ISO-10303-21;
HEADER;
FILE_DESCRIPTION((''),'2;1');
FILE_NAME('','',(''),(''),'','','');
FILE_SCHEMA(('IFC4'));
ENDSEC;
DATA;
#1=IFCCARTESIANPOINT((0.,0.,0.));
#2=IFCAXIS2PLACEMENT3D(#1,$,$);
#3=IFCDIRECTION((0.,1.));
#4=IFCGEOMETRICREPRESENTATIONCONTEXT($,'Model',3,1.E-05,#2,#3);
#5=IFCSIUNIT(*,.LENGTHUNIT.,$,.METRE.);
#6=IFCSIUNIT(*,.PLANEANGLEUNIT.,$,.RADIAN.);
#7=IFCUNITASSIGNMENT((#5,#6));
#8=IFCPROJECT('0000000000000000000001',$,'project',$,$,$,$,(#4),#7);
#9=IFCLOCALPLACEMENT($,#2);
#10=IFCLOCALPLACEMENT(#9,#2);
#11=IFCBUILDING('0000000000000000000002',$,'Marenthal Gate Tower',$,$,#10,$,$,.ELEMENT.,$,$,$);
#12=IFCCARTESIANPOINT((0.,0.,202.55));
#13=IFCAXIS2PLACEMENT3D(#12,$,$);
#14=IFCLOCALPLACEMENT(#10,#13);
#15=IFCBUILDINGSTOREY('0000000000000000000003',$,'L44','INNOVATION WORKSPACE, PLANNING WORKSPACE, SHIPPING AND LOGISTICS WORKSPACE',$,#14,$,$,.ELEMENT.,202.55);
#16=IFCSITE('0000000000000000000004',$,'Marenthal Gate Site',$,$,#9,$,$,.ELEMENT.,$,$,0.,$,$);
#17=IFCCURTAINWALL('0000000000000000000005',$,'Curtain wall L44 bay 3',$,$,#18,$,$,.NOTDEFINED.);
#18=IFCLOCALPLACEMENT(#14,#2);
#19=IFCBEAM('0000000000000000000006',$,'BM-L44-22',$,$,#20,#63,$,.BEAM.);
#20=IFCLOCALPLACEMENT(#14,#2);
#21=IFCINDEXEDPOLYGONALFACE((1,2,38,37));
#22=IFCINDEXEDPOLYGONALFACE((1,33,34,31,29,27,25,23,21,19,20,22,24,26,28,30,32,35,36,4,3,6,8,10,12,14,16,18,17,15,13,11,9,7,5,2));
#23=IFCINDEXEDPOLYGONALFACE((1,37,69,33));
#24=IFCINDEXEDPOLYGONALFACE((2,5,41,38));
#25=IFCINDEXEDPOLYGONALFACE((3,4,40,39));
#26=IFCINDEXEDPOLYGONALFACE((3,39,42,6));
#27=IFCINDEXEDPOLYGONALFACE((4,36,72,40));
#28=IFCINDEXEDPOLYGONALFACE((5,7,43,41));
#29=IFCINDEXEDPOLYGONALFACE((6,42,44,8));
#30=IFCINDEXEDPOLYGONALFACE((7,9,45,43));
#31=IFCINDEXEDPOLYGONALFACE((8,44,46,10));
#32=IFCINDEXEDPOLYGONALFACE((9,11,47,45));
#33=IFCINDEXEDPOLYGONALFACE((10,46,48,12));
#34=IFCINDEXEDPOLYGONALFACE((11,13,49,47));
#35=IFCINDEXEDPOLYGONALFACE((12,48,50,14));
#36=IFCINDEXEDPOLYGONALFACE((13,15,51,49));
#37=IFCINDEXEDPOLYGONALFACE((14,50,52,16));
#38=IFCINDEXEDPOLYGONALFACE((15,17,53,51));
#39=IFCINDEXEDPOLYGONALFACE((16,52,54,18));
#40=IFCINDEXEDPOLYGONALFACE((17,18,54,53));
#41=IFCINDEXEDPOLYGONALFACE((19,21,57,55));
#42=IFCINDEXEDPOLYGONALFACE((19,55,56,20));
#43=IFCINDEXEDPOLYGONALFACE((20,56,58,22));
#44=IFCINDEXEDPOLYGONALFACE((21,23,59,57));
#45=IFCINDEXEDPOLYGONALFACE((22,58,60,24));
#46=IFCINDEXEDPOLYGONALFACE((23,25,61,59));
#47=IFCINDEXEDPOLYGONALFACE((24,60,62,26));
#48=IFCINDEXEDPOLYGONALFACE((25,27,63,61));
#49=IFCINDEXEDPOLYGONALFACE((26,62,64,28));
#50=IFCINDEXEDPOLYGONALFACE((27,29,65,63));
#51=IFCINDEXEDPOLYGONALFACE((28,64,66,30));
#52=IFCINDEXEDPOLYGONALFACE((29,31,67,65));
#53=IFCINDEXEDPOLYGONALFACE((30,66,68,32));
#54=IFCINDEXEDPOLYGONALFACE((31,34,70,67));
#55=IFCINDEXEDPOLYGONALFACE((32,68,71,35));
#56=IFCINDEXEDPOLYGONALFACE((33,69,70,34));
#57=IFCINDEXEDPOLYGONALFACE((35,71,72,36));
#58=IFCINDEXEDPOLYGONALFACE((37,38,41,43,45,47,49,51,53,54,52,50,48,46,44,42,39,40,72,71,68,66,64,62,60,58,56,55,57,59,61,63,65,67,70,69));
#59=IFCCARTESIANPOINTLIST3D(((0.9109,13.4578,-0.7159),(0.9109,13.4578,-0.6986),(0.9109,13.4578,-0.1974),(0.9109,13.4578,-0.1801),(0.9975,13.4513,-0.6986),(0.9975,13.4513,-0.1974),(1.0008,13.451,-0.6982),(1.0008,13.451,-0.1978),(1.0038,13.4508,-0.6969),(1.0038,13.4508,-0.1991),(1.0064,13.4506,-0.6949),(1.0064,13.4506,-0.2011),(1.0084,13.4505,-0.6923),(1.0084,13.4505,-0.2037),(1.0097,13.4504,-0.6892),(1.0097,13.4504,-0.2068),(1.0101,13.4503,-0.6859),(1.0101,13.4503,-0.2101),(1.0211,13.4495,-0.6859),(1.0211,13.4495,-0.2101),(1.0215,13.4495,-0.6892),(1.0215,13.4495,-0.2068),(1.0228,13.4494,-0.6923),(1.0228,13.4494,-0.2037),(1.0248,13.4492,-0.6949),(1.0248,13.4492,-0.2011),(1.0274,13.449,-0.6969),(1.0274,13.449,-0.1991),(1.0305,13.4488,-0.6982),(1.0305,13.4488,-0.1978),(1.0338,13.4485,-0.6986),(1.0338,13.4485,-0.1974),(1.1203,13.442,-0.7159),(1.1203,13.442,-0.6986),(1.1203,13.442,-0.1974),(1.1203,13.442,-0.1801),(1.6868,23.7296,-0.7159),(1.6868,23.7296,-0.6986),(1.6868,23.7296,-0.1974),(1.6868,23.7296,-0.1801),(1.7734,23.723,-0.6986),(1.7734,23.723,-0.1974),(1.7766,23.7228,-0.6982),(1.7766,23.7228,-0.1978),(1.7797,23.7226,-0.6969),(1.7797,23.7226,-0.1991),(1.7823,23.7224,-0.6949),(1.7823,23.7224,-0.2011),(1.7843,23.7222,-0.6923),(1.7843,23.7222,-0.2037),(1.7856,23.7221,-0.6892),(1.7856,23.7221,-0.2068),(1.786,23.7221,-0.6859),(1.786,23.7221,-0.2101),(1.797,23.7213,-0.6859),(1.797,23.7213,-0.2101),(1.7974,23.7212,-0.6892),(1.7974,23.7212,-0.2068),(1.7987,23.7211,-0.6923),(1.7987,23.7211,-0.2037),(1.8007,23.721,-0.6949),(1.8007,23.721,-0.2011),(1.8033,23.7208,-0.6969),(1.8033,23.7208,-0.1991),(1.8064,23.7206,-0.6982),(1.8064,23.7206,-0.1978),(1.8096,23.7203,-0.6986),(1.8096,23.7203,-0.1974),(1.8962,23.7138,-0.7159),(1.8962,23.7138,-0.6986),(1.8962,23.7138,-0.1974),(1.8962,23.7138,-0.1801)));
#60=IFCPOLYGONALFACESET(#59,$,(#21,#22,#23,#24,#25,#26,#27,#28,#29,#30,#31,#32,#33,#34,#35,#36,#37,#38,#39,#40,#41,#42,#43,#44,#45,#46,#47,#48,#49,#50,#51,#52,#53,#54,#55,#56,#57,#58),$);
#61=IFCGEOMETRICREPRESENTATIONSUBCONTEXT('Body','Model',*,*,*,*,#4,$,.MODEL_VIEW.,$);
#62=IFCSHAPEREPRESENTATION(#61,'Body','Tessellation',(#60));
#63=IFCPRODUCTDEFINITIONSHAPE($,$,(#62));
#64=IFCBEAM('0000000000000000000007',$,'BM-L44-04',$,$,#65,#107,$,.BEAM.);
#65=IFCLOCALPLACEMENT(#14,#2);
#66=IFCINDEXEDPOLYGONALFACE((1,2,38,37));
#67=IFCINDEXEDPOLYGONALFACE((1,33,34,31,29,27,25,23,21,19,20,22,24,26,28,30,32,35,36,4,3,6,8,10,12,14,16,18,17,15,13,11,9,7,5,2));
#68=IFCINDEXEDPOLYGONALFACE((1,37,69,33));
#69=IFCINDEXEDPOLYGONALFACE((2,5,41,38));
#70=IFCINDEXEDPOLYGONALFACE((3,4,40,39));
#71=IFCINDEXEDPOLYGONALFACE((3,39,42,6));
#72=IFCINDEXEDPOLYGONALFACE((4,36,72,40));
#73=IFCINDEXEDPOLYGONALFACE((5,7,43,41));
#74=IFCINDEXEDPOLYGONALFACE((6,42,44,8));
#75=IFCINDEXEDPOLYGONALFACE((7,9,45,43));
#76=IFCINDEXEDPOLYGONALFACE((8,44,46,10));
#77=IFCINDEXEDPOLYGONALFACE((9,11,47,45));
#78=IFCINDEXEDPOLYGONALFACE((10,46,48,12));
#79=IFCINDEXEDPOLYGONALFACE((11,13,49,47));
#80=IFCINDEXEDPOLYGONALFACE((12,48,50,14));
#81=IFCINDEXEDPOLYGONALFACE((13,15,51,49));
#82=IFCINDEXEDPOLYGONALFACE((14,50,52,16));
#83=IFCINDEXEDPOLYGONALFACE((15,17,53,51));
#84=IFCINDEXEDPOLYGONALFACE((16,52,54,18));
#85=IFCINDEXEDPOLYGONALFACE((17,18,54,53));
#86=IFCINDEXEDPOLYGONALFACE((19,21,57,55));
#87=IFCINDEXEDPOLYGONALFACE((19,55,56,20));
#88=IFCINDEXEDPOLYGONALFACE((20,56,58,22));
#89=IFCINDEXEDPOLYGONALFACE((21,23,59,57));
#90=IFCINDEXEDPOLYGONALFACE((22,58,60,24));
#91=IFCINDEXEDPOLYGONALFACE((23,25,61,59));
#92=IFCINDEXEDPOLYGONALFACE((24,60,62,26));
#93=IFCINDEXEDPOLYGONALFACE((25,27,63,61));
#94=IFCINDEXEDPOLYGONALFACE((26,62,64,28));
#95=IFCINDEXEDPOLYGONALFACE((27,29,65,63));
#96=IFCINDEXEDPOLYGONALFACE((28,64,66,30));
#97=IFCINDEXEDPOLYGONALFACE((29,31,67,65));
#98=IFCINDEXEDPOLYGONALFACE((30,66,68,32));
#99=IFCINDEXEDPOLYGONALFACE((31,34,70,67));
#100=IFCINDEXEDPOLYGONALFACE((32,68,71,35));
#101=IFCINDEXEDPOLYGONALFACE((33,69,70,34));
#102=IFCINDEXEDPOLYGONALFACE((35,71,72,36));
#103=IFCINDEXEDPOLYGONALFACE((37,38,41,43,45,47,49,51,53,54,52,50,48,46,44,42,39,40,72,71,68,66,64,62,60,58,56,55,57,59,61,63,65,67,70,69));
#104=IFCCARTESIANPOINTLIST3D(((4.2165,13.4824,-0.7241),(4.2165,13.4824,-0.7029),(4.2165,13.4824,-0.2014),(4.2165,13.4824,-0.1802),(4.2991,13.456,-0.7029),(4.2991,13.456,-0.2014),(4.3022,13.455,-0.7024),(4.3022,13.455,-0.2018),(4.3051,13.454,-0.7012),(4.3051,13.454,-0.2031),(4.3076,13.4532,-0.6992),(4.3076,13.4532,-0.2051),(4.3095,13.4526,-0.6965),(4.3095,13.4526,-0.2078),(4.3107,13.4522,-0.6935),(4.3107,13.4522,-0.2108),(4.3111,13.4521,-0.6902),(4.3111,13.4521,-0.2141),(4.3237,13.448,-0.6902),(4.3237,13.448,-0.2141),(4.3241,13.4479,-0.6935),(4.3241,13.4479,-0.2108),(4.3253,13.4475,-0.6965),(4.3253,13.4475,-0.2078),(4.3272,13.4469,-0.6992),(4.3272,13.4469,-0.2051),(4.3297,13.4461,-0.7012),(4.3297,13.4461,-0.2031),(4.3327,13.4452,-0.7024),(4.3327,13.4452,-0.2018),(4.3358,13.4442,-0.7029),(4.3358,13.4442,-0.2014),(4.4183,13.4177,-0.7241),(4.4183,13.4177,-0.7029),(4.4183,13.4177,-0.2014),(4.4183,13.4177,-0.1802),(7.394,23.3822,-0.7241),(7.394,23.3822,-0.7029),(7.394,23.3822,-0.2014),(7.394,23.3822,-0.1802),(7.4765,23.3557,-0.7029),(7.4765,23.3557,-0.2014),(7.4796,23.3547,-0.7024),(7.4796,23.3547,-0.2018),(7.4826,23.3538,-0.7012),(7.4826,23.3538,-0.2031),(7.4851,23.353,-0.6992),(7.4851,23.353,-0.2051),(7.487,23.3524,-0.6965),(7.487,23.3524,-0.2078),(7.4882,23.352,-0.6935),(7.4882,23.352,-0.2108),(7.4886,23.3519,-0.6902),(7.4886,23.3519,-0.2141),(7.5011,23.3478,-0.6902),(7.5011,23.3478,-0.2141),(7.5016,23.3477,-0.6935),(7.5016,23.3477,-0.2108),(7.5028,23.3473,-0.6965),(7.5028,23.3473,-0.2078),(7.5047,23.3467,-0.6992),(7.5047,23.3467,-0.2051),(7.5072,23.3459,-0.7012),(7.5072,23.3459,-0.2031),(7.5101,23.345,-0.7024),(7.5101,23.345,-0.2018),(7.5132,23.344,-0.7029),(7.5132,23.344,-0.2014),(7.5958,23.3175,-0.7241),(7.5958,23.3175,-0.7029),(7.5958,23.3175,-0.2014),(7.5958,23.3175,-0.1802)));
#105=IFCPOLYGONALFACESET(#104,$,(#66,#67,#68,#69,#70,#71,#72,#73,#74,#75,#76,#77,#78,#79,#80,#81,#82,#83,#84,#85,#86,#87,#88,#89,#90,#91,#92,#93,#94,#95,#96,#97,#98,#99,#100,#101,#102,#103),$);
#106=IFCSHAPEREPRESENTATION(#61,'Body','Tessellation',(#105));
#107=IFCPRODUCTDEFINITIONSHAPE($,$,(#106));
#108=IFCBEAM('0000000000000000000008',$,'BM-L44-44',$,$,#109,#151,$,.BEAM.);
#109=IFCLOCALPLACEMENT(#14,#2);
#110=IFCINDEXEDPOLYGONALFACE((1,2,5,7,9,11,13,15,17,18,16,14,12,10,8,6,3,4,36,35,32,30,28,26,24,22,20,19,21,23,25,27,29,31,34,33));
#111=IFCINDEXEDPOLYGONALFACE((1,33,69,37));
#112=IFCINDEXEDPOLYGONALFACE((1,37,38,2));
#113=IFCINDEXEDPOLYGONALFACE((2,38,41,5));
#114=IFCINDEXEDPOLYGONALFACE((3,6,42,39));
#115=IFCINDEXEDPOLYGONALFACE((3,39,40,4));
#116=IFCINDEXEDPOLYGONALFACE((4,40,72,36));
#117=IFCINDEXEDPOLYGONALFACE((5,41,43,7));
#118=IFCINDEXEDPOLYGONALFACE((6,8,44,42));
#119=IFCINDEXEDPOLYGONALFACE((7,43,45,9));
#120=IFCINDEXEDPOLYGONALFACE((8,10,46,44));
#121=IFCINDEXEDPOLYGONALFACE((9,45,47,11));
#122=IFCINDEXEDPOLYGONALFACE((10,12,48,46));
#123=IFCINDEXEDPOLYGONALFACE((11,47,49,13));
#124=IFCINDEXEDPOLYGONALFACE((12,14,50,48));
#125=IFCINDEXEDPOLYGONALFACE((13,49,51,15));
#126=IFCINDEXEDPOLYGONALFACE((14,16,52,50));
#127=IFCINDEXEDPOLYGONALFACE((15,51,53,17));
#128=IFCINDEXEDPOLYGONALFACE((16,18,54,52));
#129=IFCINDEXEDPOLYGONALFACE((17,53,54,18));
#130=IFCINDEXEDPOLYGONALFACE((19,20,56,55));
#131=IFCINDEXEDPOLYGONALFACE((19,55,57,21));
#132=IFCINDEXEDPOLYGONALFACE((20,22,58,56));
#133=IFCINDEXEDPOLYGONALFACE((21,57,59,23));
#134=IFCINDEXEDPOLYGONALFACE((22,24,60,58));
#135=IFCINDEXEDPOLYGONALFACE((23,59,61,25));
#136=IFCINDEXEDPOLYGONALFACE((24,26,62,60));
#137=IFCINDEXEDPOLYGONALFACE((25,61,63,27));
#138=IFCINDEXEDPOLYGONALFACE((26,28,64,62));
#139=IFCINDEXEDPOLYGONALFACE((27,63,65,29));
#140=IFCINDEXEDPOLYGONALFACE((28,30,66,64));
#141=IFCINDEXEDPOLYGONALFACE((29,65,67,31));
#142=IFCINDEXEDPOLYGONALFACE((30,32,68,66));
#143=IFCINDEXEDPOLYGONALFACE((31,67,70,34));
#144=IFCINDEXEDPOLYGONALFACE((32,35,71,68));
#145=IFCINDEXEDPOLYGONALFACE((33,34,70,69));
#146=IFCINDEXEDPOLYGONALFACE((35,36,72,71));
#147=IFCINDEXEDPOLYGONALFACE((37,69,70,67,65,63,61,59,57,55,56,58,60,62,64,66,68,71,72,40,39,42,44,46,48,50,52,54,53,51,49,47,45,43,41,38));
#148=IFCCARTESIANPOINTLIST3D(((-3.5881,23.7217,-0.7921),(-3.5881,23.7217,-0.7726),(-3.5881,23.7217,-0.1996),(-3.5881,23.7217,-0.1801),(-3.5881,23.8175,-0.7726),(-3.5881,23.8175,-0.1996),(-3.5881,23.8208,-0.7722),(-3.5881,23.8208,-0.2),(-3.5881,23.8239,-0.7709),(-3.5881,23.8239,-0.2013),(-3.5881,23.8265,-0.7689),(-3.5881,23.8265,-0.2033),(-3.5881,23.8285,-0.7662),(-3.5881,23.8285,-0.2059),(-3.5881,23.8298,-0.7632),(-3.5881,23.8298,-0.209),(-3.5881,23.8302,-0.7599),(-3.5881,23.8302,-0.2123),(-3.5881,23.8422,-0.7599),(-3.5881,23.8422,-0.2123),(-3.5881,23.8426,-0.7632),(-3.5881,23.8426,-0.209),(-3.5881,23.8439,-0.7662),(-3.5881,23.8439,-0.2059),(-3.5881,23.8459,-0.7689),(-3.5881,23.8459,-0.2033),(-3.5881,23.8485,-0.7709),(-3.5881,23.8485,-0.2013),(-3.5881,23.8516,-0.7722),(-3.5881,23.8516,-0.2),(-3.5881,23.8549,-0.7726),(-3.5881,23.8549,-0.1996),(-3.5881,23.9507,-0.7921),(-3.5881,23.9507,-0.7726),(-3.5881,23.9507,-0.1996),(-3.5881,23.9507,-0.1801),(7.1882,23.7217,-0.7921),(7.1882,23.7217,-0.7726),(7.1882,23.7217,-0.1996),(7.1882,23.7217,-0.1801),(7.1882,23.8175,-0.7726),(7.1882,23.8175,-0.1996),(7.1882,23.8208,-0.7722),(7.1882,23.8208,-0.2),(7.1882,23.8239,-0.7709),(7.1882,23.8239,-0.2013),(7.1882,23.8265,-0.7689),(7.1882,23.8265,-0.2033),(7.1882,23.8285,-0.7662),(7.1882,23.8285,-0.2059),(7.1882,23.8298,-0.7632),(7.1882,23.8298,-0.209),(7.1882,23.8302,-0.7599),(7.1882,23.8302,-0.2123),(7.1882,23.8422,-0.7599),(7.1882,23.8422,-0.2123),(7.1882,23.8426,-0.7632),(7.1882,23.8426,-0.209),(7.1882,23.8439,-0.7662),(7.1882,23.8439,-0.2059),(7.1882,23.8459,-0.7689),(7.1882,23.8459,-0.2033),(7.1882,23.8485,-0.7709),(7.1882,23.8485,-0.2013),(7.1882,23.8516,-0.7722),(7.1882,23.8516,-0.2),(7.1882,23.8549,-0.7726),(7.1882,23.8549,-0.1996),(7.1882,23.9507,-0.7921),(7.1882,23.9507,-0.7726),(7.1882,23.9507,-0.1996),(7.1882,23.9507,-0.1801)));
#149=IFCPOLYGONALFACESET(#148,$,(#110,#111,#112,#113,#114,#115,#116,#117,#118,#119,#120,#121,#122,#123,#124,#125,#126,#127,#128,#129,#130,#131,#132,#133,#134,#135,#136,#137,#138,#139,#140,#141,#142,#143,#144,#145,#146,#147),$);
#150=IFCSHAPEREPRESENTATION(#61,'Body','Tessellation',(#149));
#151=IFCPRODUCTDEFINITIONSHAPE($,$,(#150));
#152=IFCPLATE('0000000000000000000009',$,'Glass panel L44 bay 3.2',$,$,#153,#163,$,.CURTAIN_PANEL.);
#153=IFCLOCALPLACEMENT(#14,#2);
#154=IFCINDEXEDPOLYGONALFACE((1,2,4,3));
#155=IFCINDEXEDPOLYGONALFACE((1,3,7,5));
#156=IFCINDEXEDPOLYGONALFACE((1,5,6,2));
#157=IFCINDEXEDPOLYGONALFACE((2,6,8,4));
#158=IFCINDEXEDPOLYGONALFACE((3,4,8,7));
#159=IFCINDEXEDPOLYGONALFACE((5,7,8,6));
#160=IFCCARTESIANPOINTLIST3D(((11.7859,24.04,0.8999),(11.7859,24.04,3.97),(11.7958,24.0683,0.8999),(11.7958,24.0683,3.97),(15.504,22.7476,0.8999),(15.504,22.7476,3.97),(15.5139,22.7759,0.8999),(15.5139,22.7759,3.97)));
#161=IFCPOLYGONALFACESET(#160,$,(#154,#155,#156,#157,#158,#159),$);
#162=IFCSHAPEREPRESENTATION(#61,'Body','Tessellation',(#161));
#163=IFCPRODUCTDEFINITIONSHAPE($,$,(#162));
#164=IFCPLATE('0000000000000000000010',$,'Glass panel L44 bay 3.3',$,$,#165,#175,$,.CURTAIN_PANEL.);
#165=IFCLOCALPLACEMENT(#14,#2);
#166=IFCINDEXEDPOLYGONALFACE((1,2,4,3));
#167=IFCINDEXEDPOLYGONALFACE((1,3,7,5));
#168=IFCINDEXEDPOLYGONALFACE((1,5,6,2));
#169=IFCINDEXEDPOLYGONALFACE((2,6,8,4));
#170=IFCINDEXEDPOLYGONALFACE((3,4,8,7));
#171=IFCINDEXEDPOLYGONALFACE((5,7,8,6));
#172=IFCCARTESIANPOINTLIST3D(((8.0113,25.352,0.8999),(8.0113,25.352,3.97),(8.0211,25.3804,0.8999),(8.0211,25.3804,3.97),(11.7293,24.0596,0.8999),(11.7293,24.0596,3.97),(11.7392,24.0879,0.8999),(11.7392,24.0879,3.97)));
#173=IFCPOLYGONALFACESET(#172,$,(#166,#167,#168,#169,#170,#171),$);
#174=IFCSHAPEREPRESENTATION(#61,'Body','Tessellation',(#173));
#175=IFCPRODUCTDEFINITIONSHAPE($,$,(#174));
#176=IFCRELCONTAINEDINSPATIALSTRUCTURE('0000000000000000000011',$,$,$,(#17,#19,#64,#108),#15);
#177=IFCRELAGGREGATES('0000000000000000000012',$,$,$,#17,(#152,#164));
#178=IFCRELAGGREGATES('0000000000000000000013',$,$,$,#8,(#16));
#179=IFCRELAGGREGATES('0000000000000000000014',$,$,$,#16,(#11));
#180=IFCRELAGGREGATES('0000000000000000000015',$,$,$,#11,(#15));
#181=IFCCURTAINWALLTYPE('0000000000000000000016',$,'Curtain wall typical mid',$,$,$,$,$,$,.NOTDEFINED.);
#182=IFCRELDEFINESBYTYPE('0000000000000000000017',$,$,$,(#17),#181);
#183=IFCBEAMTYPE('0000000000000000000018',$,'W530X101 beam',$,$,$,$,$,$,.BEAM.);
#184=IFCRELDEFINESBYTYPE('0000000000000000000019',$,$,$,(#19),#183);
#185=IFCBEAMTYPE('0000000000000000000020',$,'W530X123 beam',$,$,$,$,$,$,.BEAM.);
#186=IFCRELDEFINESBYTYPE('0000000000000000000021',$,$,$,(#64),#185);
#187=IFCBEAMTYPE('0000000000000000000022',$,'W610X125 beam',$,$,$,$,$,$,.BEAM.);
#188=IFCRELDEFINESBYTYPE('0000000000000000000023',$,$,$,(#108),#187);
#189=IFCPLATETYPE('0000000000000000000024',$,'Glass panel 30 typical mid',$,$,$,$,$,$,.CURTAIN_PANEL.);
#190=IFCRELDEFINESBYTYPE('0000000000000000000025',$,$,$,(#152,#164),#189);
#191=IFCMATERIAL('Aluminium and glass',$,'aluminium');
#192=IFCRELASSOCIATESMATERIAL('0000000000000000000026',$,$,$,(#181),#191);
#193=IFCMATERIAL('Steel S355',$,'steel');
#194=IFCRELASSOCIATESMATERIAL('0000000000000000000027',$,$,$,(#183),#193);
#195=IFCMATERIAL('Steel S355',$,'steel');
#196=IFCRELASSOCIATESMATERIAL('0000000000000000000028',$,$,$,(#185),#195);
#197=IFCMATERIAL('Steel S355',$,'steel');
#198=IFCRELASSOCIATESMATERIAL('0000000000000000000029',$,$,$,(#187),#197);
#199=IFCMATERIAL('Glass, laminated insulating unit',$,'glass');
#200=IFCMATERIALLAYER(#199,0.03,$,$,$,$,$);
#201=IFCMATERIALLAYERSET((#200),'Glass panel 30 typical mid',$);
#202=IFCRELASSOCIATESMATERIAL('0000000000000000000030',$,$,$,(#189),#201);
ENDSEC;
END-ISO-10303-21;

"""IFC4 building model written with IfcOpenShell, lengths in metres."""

from ifc_helpers import new_model, si_unit, direction, frame, origin, origin_2d, place, context, subcontext, project, spatial, rectangle, i_section, extrude, material, layer, layer_set, material_profile, profile_set, type_object, element, aggregate, save


model = new_model("IFC4")

# Units and contexts
model_context = context("Model", 3, precision=1e-05, world=origin(), true_north=direction((0.0, 1.0)))
body_context = subcontext(model_context, "Body", "Model", "MODEL_VIEW")
ifc_project = project(units=[si_unit("LENGTHUNIT", "METRE"), si_unit("PLANEANGLEUNIT", "RADIAN")], contexts=[model_context])

# Site, building, storey
site_placement = place(None, origin())
site = spatial("IfcSite", under=ifc_project, at=site_placement, Name="Marenthal Gate Site", CompositionType="ELEMENT", RefElevation=0.0)
building_placement = place(site_placement, origin())
building = spatial("IfcBuilding", under=site, at=building_placement, Name="Marenthal Gate Tower", CompositionType="ELEMENT")
storey_placement = place(building_placement, frame((0.0, 0.0, 202.55)))
storey = spatial("IfcBuildingStorey", under=building, at=storey_placement, Name="L44", Description="INNOVATION WORKSPACE, PLANNING WORKSPACE, SHIPPING AND LOGISTICS WORKSPACE", CompositionType="ELEMENT", Elevation=202.55)

# Curtain wall
ifc_material_1 = material(Name="Aluminium and glass", Category="aluminium")
curtain_wall_type = type_object("IfcCurtainWallType", Name="Curtain wall typical mid", PredefinedType="NOTDEFINED", material=ifc_material_1)
curtain_wall_placement = place(storey_placement, origin())
curtain_wall = element("IfcCurtainWall", 1, at=curtain_wall_placement, inside=storey, type_object=curtain_wall_type, Name="Curtain wall L44 bay 3", PredefinedType="NOTDEFINED")

# Beams
ifc_material_2 = material(Name="Steel S355", Category="steel")
ifc_material_profile_1 = material_profile(ifc_material_2, i_section(OverallWidth=0.21, OverallDepth=0.5359, WebThickness=0.011, FlangeThickness=0.0173, FilletRadius=0.0127, at=origin_2d()), Name="W530X101")
ifc_profile_set_1 = profile_set([ifc_material_profile_1], Name="Steel S355")
beam_type_1 = type_object("IfcBeamType", Name="W530X101 beam", PredefinedType="BEAM", material=ifc_profile_set_1)
beam_1_placement = place(storey_placement, frame((1.7915, 23.7217, -0.448), z_axis=(-0.075321, -0.997159, 0.0), x_axis=(0.997159, -0.075321, 0.0)))
element("IfcBeam", 2, at=beam_1_placement, inside=storey, type_object=beam_type_1, Name="BM-L44-22", PredefinedType="BEAM", context=body_context, shape_type="SweptSolid", body=[
    extrude(i_section(OverallWidth=0.21, OverallDepth=0.5359, WebThickness=0.011, FlangeThickness=0.0173, FilletRadius=0.0127, at=origin_2d()), origin(), (0.0, 0.0, 1.0), 10.301),
])
ifc_material_3 = material(Name="Steel S355", Category="steel")
ifc_material_profile_2 = material_profile(ifc_material_3, i_section(OverallWidth=0.2119, OverallDepth=0.5439, WebThickness=0.0132, FlangeThickness=0.0212, FilletRadius=0.0127, at=origin_2d()), Name="W530X123")
ifc_profile_set_2 = profile_set([ifc_material_profile_2], Name="Steel S355")
beam_type_2 = type_object("IfcBeamType", Name="W530X123 beam", PredefinedType="BEAM", material=ifc_profile_set_2)
beam_2_placement = place(storey_placement, frame((7.4949, 23.3499, -0.4521), z_axis=(-0.305606, -0.952158, 0.0), x_axis=(0.952158, -0.305606, 0.0)))
element("IfcBeam", 3, at=beam_2_placement, inside=storey, type_object=beam_type_2, Name="BM-L44-04", PredefinedType="BEAM", context=body_context, shape_type="SweptSolid", body=[
    extrude(i_section(OverallWidth=0.2119, OverallDepth=0.5439, WebThickness=0.0132, FlangeThickness=0.0212, FilletRadius=0.0127, at=origin_2d()), origin(), (0.0, 0.0, 1.0), 10.3972),
])
ifc_material_4 = material(Name="Steel S355", Category="steel")
ifc_material_profile_3 = material_profile(ifc_material_4, i_section(OverallWidth=0.229, OverallDepth=0.6121, WebThickness=0.012, FlangeThickness=0.0195, FilletRadius=0.0127, at=origin_2d()), Name="W610X125")
ifc_profile_set_3 = profile_set([ifc_material_profile_3], Name="Steel S355")
beam_type_3 = type_object("IfcBeamType", Name="W610X125 beam", PredefinedType="BEAM", material=ifc_profile_set_3)
beam_3_placement = place(storey_placement, frame((7.1882, 23.8362, -0.4861), z_axis=(-1.0, 0.0, 0.0), x_axis=(0.0, -1.0, 0.0)))
element("IfcBeam", 4, at=beam_3_placement, inside=storey, type_object=beam_type_3, Name="BM-L44-44", PredefinedType="BEAM", context=body_context, shape_type="SweptSolid", body=[
    extrude(i_section(OverallWidth=0.229, OverallDepth=0.6121, WebThickness=0.012, FlangeThickness=0.0195, FilletRadius=0.0127, at=origin_2d()), origin(), (0.0, 0.0, 1.0), 10.7764),
])

# Plates
ifc_material_5 = material(Name="Glass, laminated insulating unit", Category="glass")
ifc_layer_1 = layer(ifc_material_5, 0.03)
ifc_layer_set_1 = layer_set([ifc_layer_1], Name="Glass panel 30 typical mid")
plate_type = type_object("IfcPlateType", Name="Glass panel 30 typical mid", PredefinedType="CURTAIN_PANEL", material=ifc_layer_set_1)
plate_1_placement = place(storey_placement, frame((13.6499, 23.408, 0.8999), z_axis=(0.0, 0.0, 1.0), x_axis=(-0.944562, 0.328332, 0.0)))
plate_1 = element("IfcPlate", 5, at=plate_1_placement, type_object=plate_type, Name="Glass panel L44 bay 3.2", PredefinedType="CURTAIN_PANEL", context=body_context, shape_type="SweptSolid", body=[
    extrude(rectangle(XDim=3.9363, YDim=0.03, at=origin_2d()), origin(), (0.0, 0.0, 1.0), 3.0701),
])
plate_2_placement = place(storey_placement, frame((9.8752, 24.72, 0.8999), z_axis=(0.0, 0.0, 1.0), x_axis=(-0.944562, 0.328332, 0.0)))
plate_2 = element("IfcPlate", 6, at=plate_2_placement, type_object=plate_type, Name="Glass panel L44 bay 3.3", PredefinedType="CURTAIN_PANEL", context=body_context, shape_type="SweptSolid", body=[
    extrude(rectangle(XDim=3.9363, YDim=0.03, at=origin_2d()), origin(), (0.0, 0.0, 1.0), 3.0701),
])
aggregate(curtain_wall, [plate_1, plate_2])

save(model, "model.ifc")
